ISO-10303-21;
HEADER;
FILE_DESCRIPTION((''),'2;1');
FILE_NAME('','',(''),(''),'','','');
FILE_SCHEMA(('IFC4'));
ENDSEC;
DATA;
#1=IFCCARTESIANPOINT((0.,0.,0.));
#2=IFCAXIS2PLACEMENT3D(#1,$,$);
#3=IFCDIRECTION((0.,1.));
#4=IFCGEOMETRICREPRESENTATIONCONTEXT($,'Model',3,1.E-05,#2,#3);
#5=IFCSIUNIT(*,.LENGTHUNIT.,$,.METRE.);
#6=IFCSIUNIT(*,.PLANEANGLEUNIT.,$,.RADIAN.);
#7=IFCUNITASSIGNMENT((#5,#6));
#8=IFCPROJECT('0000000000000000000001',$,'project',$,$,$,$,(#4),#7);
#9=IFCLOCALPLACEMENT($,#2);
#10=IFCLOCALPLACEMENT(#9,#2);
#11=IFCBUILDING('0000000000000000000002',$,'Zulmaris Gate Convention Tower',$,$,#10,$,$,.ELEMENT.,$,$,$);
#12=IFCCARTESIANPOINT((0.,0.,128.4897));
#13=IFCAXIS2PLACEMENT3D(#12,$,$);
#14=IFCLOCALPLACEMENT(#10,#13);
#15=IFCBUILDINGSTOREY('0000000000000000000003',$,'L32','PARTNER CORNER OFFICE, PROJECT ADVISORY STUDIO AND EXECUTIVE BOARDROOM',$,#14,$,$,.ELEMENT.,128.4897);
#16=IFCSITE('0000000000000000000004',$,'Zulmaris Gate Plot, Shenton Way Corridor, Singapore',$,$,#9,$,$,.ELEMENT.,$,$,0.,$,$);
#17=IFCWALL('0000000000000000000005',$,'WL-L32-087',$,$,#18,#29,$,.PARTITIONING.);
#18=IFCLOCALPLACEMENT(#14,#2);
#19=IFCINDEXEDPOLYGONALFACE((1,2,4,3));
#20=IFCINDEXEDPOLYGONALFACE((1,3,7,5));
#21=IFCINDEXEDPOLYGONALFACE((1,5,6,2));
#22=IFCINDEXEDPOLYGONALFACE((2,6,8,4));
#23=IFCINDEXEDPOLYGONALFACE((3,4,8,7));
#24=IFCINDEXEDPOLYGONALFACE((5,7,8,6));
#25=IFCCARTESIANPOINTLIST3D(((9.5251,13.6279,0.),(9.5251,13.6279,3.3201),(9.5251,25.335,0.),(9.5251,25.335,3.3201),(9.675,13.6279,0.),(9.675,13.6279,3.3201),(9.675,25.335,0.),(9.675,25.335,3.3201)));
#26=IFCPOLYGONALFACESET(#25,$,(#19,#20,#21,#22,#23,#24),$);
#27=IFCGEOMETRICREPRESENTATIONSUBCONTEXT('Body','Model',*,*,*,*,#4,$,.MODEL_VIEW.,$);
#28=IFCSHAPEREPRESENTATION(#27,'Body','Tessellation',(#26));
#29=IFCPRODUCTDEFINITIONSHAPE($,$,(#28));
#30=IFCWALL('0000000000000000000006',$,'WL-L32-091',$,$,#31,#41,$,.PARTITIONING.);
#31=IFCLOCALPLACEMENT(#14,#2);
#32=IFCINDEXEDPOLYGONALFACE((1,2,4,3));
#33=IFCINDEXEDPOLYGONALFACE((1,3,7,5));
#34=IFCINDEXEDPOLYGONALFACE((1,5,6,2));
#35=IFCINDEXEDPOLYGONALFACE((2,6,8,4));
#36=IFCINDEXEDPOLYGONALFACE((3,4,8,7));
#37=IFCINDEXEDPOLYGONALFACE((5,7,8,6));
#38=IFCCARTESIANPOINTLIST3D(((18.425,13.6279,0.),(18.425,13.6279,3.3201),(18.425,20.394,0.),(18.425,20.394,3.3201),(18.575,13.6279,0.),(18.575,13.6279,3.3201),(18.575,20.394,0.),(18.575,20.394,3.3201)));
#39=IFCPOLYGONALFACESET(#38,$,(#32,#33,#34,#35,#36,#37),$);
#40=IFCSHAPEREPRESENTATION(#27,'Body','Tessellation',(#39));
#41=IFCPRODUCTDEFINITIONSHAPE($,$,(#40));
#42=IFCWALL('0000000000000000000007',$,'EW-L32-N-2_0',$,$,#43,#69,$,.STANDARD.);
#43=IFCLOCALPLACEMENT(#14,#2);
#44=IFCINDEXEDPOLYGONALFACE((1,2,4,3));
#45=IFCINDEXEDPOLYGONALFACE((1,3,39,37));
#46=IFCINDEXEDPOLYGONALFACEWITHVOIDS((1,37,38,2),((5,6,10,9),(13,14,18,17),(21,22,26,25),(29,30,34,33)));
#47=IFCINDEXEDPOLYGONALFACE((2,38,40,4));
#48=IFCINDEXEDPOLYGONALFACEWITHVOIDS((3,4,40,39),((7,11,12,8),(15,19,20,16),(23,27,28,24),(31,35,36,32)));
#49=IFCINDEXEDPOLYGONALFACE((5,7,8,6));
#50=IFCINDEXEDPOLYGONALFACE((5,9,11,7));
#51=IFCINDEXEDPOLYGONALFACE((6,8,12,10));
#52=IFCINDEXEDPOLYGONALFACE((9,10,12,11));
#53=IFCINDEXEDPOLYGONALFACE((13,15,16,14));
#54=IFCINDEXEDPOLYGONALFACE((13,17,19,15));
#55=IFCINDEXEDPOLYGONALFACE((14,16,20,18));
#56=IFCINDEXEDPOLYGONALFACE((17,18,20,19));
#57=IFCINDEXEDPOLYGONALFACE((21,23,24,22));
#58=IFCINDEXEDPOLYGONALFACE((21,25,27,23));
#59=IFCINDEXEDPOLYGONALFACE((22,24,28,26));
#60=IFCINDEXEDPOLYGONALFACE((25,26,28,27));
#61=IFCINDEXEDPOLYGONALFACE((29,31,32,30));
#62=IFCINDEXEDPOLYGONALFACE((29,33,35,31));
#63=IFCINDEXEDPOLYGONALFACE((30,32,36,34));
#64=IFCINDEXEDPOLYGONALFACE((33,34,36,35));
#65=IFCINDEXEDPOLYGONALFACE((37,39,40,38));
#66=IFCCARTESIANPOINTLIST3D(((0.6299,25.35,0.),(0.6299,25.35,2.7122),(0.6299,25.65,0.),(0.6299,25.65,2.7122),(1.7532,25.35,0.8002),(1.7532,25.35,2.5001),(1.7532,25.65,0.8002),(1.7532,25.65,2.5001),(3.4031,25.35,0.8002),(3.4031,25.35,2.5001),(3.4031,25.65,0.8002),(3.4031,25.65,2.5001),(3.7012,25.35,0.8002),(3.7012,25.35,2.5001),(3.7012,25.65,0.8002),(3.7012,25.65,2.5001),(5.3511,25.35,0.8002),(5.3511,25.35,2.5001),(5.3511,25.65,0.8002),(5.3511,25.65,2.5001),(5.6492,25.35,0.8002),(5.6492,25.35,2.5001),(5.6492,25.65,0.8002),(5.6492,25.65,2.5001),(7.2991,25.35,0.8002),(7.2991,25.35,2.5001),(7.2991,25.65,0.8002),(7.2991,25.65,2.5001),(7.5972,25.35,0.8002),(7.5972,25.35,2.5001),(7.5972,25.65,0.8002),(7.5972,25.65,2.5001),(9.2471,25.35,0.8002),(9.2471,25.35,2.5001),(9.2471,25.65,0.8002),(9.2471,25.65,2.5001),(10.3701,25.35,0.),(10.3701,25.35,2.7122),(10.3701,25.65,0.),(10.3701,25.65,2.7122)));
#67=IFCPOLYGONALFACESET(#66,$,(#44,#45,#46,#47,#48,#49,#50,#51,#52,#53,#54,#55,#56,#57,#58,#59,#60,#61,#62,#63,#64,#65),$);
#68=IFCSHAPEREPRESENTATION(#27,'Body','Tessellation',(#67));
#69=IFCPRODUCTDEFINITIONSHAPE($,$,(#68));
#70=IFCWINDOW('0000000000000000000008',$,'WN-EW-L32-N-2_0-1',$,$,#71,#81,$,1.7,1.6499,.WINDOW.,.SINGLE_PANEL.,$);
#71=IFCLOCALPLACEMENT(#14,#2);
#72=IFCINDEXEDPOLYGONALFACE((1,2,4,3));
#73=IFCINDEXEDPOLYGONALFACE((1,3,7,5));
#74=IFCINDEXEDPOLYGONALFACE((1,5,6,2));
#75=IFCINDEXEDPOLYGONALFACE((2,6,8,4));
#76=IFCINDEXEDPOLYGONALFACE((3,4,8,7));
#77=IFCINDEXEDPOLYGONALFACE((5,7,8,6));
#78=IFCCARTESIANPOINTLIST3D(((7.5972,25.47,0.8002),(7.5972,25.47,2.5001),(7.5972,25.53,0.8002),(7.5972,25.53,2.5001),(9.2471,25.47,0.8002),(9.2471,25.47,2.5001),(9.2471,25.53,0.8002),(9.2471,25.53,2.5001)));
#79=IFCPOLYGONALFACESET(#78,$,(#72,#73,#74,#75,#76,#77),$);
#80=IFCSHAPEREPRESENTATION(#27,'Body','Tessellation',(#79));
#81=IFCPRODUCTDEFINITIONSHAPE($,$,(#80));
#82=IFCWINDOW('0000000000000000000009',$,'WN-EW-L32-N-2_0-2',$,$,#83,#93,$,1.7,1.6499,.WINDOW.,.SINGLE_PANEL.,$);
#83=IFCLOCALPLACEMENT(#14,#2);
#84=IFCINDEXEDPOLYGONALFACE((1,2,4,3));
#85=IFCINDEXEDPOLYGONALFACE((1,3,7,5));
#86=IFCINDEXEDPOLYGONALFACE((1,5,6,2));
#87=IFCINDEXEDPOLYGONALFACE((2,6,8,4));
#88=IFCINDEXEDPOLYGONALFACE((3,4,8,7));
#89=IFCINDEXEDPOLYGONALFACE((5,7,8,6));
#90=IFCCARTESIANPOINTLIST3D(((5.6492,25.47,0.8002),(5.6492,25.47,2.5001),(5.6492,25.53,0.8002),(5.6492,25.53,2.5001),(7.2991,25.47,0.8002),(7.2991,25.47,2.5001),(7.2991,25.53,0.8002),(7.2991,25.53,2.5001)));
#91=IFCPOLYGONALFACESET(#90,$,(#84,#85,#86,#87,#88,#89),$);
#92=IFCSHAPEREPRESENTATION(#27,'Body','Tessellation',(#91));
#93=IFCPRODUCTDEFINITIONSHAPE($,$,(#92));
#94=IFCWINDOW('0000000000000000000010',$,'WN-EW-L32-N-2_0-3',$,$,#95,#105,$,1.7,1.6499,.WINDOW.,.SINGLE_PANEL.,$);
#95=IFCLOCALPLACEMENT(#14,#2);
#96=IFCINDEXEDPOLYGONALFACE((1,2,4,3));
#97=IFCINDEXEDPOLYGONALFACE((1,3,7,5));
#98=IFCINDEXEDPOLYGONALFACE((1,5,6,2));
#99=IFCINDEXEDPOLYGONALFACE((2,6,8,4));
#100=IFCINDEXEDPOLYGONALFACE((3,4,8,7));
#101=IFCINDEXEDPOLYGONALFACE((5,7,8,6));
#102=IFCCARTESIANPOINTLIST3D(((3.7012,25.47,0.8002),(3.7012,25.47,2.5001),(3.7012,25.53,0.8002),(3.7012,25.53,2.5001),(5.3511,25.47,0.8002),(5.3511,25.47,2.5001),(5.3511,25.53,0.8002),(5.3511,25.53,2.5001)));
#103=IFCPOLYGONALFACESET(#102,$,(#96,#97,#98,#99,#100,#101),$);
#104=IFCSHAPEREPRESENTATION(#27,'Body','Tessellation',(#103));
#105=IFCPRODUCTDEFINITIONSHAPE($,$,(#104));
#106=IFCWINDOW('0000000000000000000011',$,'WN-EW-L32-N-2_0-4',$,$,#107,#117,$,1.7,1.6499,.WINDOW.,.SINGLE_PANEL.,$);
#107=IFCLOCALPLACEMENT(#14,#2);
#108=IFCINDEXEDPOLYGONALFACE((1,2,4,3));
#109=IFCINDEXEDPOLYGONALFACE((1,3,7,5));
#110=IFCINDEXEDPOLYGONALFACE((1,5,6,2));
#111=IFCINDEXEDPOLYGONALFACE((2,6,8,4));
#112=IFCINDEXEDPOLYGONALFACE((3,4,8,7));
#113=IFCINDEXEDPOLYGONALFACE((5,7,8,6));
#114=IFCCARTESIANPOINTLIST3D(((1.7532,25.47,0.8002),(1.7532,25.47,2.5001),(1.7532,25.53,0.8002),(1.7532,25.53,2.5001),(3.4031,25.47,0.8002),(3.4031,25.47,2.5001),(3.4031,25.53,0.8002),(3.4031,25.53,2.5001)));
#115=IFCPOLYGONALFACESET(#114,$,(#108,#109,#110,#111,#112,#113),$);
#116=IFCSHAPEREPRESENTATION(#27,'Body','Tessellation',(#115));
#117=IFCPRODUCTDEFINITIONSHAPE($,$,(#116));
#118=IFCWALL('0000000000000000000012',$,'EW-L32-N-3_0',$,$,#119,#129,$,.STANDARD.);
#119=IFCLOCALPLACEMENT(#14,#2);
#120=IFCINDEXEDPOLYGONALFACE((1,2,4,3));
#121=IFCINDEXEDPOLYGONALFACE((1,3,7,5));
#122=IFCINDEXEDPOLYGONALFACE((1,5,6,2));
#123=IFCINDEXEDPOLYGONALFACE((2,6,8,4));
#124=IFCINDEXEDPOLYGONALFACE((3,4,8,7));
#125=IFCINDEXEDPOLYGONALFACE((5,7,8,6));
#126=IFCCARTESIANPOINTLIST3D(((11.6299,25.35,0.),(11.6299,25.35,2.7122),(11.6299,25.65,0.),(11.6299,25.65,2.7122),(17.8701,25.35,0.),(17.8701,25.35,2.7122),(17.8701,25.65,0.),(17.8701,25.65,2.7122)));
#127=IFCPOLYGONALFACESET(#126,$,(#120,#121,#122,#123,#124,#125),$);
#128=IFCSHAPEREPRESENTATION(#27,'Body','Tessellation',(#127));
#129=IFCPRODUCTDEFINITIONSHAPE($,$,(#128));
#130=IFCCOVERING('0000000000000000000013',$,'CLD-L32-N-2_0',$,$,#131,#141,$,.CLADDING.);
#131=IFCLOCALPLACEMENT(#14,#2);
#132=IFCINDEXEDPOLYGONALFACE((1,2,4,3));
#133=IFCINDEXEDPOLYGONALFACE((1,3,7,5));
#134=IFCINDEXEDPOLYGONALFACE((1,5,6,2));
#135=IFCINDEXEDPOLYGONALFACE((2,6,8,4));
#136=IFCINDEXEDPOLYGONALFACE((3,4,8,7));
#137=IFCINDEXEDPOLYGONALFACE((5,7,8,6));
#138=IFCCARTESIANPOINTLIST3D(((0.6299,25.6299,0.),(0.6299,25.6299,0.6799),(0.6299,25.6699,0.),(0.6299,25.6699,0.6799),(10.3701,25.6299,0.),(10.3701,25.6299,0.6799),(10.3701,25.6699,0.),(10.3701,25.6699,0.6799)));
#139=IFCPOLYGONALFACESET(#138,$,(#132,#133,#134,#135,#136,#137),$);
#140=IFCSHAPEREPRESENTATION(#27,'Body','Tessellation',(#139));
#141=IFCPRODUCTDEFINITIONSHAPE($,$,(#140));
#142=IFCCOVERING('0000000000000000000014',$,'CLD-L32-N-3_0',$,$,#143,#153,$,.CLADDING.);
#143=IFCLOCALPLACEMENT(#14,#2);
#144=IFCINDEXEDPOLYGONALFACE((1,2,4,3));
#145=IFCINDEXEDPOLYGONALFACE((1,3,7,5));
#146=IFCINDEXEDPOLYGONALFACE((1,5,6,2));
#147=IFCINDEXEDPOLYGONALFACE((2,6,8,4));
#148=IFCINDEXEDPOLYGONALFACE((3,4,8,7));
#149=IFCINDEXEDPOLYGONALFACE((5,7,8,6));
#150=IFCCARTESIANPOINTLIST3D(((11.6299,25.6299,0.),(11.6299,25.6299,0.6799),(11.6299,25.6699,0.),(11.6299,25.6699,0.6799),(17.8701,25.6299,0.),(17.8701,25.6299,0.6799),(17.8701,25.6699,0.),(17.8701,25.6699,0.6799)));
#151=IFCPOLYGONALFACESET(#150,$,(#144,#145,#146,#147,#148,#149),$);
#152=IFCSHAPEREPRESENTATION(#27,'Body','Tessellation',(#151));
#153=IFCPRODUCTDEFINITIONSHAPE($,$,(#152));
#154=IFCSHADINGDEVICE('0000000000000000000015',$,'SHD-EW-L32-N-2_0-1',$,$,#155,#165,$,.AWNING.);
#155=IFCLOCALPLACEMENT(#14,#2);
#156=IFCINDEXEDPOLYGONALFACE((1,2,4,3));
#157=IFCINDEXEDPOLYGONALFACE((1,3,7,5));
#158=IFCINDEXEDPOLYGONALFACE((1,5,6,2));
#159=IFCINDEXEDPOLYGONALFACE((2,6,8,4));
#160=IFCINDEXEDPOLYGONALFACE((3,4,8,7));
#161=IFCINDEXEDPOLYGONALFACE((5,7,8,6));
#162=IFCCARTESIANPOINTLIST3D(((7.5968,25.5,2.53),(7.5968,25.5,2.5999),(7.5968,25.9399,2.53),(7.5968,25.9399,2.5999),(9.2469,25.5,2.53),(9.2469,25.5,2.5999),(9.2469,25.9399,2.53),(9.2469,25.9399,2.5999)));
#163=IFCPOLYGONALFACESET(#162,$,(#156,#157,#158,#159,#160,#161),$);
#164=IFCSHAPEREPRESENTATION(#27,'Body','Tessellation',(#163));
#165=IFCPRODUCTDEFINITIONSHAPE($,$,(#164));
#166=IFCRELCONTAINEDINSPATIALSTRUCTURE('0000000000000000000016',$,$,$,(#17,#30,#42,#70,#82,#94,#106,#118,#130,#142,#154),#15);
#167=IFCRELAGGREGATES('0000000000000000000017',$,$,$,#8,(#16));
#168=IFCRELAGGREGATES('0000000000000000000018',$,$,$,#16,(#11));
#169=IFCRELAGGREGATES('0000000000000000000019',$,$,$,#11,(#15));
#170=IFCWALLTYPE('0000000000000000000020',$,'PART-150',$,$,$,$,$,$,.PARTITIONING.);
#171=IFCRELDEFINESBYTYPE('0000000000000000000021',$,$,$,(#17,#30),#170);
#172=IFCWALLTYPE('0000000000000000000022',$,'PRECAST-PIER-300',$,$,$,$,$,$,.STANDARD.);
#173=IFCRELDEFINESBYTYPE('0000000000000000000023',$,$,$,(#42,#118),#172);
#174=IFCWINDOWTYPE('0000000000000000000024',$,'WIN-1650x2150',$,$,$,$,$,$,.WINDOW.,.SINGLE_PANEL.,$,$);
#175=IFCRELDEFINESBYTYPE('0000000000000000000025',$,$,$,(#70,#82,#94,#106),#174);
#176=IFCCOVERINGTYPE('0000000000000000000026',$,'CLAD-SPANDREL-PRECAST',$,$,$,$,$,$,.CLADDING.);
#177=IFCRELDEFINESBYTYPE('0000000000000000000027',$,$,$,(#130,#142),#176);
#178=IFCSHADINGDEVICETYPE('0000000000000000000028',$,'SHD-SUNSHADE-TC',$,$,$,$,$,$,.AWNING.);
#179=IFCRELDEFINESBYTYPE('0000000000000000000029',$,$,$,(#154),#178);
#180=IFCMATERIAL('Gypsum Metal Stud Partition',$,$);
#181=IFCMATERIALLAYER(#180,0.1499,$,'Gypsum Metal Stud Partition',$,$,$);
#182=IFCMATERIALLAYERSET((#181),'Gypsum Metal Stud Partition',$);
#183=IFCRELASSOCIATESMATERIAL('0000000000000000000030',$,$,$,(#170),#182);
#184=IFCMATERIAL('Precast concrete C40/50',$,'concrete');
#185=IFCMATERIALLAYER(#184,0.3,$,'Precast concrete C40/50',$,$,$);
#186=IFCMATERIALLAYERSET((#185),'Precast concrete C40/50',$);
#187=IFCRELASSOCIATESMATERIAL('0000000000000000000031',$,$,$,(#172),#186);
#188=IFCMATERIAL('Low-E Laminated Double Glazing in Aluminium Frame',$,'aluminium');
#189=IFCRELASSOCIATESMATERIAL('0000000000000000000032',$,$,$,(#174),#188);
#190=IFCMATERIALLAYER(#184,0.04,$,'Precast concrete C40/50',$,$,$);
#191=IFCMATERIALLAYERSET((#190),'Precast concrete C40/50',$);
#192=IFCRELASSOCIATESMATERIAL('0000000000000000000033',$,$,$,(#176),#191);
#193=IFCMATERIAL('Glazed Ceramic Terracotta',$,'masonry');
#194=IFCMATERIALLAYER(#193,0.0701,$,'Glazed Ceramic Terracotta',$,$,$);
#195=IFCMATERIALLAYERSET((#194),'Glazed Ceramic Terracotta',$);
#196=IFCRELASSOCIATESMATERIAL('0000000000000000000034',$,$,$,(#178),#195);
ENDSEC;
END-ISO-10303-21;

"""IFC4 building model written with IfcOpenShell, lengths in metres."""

from ifc_helpers import new_model, si_unit, direction, frame, frame_2d, origin, place, context, subcontext, project, spatial, rectangle, extrude, material, layer, layer_set, type_object, element, fill, save


model = new_model("IFC4")

# Units and contexts
model_context = context("Model", 3, precision=1e-05, world=origin(), true_north=direction((0.0, 1.0)))
body_context = subcontext(model_context, "Body", "Model", "MODEL_VIEW")
ifc_project = project(units=[si_unit("LENGTHUNIT", "METRE"), si_unit("PLANEANGLEUNIT", "RADIAN")], contexts=[model_context])

# Site, building, storey
site_placement = place(None, origin())
site = spatial("IfcSite", under=ifc_project, at=site_placement, Name="Zulmaris Gate Plot, Shenton Way Corridor, Singapore", CompositionType="ELEMENT", RefElevation=0.0)
building_placement = place(site_placement, origin())
building = spatial("IfcBuilding", under=site, at=building_placement, Name="Zulmaris Gate Convention Tower", CompositionType="ELEMENT")
storey_placement = place(building_placement, frame((0.0, 0.0, 128.4897)))
storey = spatial("IfcBuildingStorey", under=building, at=storey_placement, Name="L32", Description="PARTNER CORNER OFFICE, PROJECT ADVISORY STUDIO AND EXECUTIVE BOARDROOM", CompositionType="ELEMENT", Elevation=128.4897)

# Walls
ifc_material_1 = material(Name="Gypsum Metal Stud Partition")
ifc_layer_1 = layer(ifc_material_1, 0.1499, Name="Gypsum Metal Stud Partition")
ifc_layer_set_1 = layer_set([ifc_layer_1], Name="Gypsum Metal Stud Partition")
wall_type_1 = type_object("IfcWallType", Name="PART-150", PredefinedType="PARTITIONING", material=ifc_layer_set_1)
for number, where, z_axis, x_axis, name in (
    (1, (9.6001, 13.6279, 0.0), (0.0, 0.0, 1.0), (0.0, 1.0, 0.0), "WL-L32-087"),
):
    element("IfcWall", number, at=place(storey_placement, frame(where, z_axis=z_axis, x_axis=x_axis)), inside=storey, type_object=wall_type_1, Name=name, PredefinedType="PARTITIONING", context=body_context, shape_type="SweptSolid", body=[
        extrude(rectangle(XDim=11.707, YDim=0.1499, at=frame_2d((5.8535, 0.0))), origin(), (0.0, 0.0, 1.0), 3.3201),
    ])
wall_1_placement = place(storey_placement, frame((18.5, 13.6279, 0.0), z_axis=(0.0, 0.0, 1.0), x_axis=(0.0, 1.0, 0.0)))
element("IfcWall", 2, at=wall_1_placement, inside=storey, type_object=wall_type_1, Name="WL-L32-091", PredefinedType="PARTITIONING", context=body_context, shape_type="SweptSolid", body=[
    extrude(rectangle(XDim=6.7661, YDim=0.1499, at=frame_2d((3.3831, 0.0))), origin(), (0.0, 0.0, 1.0), 3.3201),
])

# Wall, openings, windows
ifc_material_2 = material(Name="Precast concrete C40/50", Category="concrete")
ifc_layer_2 = layer(ifc_material_2, 0.3, Name="Precast concrete C40/50")
ifc_layer_set_2 = layer_set([ifc_layer_2], Name="Precast concrete C40/50")
wall_type_2 = type_object("IfcWallType", Name="PRECAST-PIER-300", PredefinedType="STANDARD", material=ifc_layer_set_2)
wall_2_placement = place(storey_placement, frame((10.3701, 25.5, 0.0), z_axis=(0.0, 0.0, 1.0), x_axis=(-1.0, 0.0, 0.0)))
wall_2 = element("IfcWall", 3, at=wall_2_placement, inside=storey, type_object=wall_type_2, Name="EW-L32-N-2_0", PredefinedType="STANDARD", context=body_context, shape_type="SweptSolid", body=[
    extrude(rectangle(XDim=9.7402, YDim=0.3, at=frame_2d((4.8701, 0.0))), origin(), (0.0, 0.0, 1.0), 2.7122),
])
opening_1_placement = place(wall_2_placement, frame((1.123, 0.0, 0.8)))
opening_1 = element("IfcOpeningElement", 4, at=opening_1_placement, cuts=wall_2, PredefinedType="OPENING", context=body_context, shape_type="SweptSolid", body=[
    extrude(rectangle(XDim=1.6499, YDim=1.7, at=frame_2d((0.825, 0.8501))), frame((0.0, 0.1602, 0.0), z_axis=(0.0, -1.0, 0.0), x_axis=(1.0, 0.0, 0.0)), (0.0, 0.0, 1.0), 0.3201),
])
opening_2_placement = place(wall_2_placement, frame((3.071, 0.0, 0.8)))
opening_2 = element("IfcOpeningElement", 5, at=opening_2_placement, cuts=wall_2, PredefinedType="OPENING", context=body_context, shape_type="SweptSolid", body=[
    extrude(rectangle(XDim=1.6499, YDim=1.7, at=frame_2d((0.825, 0.8501))), frame((0.0, 0.1602, 0.0), z_axis=(0.0, -1.0, 0.0), x_axis=(1.0, 0.0, 0.0)), (0.0, 0.0, 1.0), 0.3201),
])
opening_3_placement = place(wall_2_placement, frame((5.019, 0.0, 0.8)))
opening_3 = element("IfcOpeningElement", 6, at=opening_3_placement, cuts=wall_2, PredefinedType="OPENING", context=body_context, shape_type="SweptSolid", body=[
    extrude(rectangle(XDim=1.6499, YDim=1.7, at=frame_2d((0.825, 0.8501))), frame((0.0, 0.1602, 0.0), z_axis=(0.0, -1.0, 0.0), x_axis=(1.0, 0.0, 0.0)), (0.0, 0.0, 1.0), 0.3201),
])
opening_4_placement = place(wall_2_placement, frame((6.967, 0.0, 0.8)))
opening_4 = element("IfcOpeningElement", 7, at=opening_4_placement, cuts=wall_2, PredefinedType="OPENING", context=body_context, shape_type="SweptSolid", body=[
    extrude(rectangle(XDim=1.6499, YDim=1.7, at=frame_2d((0.825, 0.8501))), frame((0.0, 0.1602, 0.0), z_axis=(0.0, -1.0, 0.0), x_axis=(1.0, 0.0, 0.0)), (0.0, 0.0, 1.0), 0.3201),
])
ifc_material_3 = material(Name="Low-E Laminated Double Glazing in Aluminium Frame", Category="aluminium")
window_type = type_object("IfcWindowType", Name="WIN-1650x2150", PartitioningType="SINGLE_PANEL", PredefinedType="WINDOW", material=ifc_material_3)
window_1_placement = place(opening_1_placement, origin())
window_1 = element("IfcWindow", 8, at=window_1_placement, inside=storey, type_object=window_type, Name="WN-EW-L32-N-2_0-1", OverallHeight=1.7, OverallWidth=1.6499, PartitioningType="SINGLE_PANEL", PredefinedType="WINDOW", context=body_context, shape_type="SweptSolid", body=[
    extrude(rectangle(XDim=1.6499, YDim=1.7, at=frame_2d((0.825, 0.8501))), frame((0.0, 0.03, 0.0), z_axis=(0.0, -1.0, 0.0), x_axis=(1.0, 0.0, 0.0)), (0.0, 0.0, 1.0), 0.0601),
])
fill(opening_1, window_1)
window_2_placement = place(opening_2_placement, origin())
window_2 = element("IfcWindow", 9, at=window_2_placement, inside=storey, type_object=window_type, Name="WN-EW-L32-N-2_0-2", OverallHeight=1.7, OverallWidth=1.6499, PartitioningType="SINGLE_PANEL", PredefinedType="WINDOW", context=body_context, shape_type="SweptSolid", body=[
    extrude(rectangle(XDim=1.6499, YDim=1.7, at=frame_2d((0.825, 0.8501))), frame((0.0, 0.03, 0.0), z_axis=(0.0, -1.0, 0.0), x_axis=(1.0, 0.0, 0.0)), (0.0, 0.0, 1.0), 0.0601),
])
fill(opening_2, window_2)
window_3_placement = place(opening_3_placement, origin())
window_3 = element("IfcWindow", 10, at=window_3_placement, inside=storey, type_object=window_type, Name="WN-EW-L32-N-2_0-3", OverallHeight=1.7, OverallWidth=1.6499, PartitioningType="SINGLE_PANEL", PredefinedType="WINDOW", context=body_context, shape_type="SweptSolid", body=[
    extrude(rectangle(XDim=1.6499, YDim=1.7, at=frame_2d((0.825, 0.8501))), frame((0.0, 0.03, 0.0), z_axis=(0.0, -1.0, 0.0), x_axis=(1.0, 0.0, 0.0)), (0.0, 0.0, 1.0), 0.0601),
])
fill(opening_3, window_3)
window_4_placement = place(opening_4_placement, origin())
window_4 = element("IfcWindow", 11, at=window_4_placement, inside=storey, type_object=window_type, Name="WN-EW-L32-N-2_0-4", OverallHeight=1.7, OverallWidth=1.6499, PartitioningType="SINGLE_PANEL", PredefinedType="WINDOW", context=body_context, shape_type="SweptSolid", body=[
    extrude(rectangle(XDim=1.6499, YDim=1.7, at=frame_2d((0.825, 0.8501))), frame((0.0, 0.03, 0.0), z_axis=(0.0, -1.0, 0.0), x_axis=(1.0, 0.0, 0.0)), (0.0, 0.0, 1.0), 0.0601),
])
fill(opening_4, window_4)

# Wall
wall_3_placement = place(storey_placement, frame((17.8701, 25.5, 0.0), z_axis=(0.0, 0.0, 1.0), x_axis=(-1.0, 0.0, 0.0)))
element("IfcWall", 12, at=wall_3_placement, inside=storey, type_object=wall_type_2, Name="EW-L32-N-3_0", PredefinedType="STANDARD", context=body_context, shape_type="SweptSolid", body=[
    extrude(rectangle(XDim=6.2402, YDim=0.3, at=frame_2d((3.1201, 0.0))), origin(), (0.0, 0.0, 1.0), 2.7122),
])

# Coverings
ifc_layer_3 = layer(ifc_material_2, 0.04, Name="Precast concrete C40/50")
ifc_layer_set_3 = layer_set([ifc_layer_3], Name="Precast concrete C40/50")
covering_type = type_object("IfcCoveringType", Name="CLAD-SPANDREL-PRECAST", PredefinedType="CLADDING", material=ifc_layer_set_3)
covering_1_placement = place(storey_placement, frame((10.3701, 25.6499, 0.0), z_axis=(0.0, 0.0, 1.0), x_axis=(-1.0, 0.0, 0.0)))
element("IfcCovering", 13, at=covering_1_placement, inside=storey, type_object=covering_type, Name="CLD-L32-N-2_0", PredefinedType="CLADDING", context=body_context, shape_type="SweptSolid", body=[
    extrude(rectangle(XDim=9.7402, YDim=0.04, at=frame_2d((4.8701, 0.0))), origin(), (0.0, 0.0, 1.0), 0.6799),
])
covering_2_placement = place(storey_placement, frame((17.8701, 25.6499, 0.0), z_axis=(0.0, 0.0, 1.0), x_axis=(-1.0, 0.0, 0.0)))
element("IfcCovering", 14, at=covering_2_placement, inside=storey, type_object=covering_type, Name="CLD-L32-N-3_0", PredefinedType="CLADDING", context=body_context, shape_type="SweptSolid", body=[
    extrude(rectangle(XDim=6.2402, YDim=0.04, at=frame_2d((3.1201, 0.0))), origin(), (0.0, 0.0, 1.0), 0.6799),
])

# Shading device
ifc_material_4 = material(Name="Glazed Ceramic Terracotta", Category="masonry")
ifc_layer_4 = layer(ifc_material_4, 0.0701, Name="Glazed Ceramic Terracotta")
ifc_layer_set_4 = layer_set([ifc_layer_4], Name="Glazed Ceramic Terracotta")
shading_device_type = type_object("IfcShadingDeviceType", Name="SHD-SUNSHADE-TC", PredefinedType="AWNING", material=ifc_layer_set_4)
for number, where, z_axis, x_axis, name in (
    (15, (9.2471, 25.72, 2.53), (0.0, 0.0, 1.0), (-1.0, 0.0, 0.0), "SHD-EW-L32-N-2_0-1"),
):
    element("IfcShadingDevice", number, at=place(storey_placement, frame(where, z_axis=z_axis, x_axis=x_axis)), inside=storey, type_object=shading_device_type, Name=name, PredefinedType="AWNING", context=body_context, shape_type="SweptSolid", body=[
        extrude(rectangle(XDim=1.6501, YDim=0.4399, at=frame_2d((0.8252, 0.0))), origin(), (0.0, 0.0, 1.0), 0.0698),
    ])

save(model, "model.ifc")
